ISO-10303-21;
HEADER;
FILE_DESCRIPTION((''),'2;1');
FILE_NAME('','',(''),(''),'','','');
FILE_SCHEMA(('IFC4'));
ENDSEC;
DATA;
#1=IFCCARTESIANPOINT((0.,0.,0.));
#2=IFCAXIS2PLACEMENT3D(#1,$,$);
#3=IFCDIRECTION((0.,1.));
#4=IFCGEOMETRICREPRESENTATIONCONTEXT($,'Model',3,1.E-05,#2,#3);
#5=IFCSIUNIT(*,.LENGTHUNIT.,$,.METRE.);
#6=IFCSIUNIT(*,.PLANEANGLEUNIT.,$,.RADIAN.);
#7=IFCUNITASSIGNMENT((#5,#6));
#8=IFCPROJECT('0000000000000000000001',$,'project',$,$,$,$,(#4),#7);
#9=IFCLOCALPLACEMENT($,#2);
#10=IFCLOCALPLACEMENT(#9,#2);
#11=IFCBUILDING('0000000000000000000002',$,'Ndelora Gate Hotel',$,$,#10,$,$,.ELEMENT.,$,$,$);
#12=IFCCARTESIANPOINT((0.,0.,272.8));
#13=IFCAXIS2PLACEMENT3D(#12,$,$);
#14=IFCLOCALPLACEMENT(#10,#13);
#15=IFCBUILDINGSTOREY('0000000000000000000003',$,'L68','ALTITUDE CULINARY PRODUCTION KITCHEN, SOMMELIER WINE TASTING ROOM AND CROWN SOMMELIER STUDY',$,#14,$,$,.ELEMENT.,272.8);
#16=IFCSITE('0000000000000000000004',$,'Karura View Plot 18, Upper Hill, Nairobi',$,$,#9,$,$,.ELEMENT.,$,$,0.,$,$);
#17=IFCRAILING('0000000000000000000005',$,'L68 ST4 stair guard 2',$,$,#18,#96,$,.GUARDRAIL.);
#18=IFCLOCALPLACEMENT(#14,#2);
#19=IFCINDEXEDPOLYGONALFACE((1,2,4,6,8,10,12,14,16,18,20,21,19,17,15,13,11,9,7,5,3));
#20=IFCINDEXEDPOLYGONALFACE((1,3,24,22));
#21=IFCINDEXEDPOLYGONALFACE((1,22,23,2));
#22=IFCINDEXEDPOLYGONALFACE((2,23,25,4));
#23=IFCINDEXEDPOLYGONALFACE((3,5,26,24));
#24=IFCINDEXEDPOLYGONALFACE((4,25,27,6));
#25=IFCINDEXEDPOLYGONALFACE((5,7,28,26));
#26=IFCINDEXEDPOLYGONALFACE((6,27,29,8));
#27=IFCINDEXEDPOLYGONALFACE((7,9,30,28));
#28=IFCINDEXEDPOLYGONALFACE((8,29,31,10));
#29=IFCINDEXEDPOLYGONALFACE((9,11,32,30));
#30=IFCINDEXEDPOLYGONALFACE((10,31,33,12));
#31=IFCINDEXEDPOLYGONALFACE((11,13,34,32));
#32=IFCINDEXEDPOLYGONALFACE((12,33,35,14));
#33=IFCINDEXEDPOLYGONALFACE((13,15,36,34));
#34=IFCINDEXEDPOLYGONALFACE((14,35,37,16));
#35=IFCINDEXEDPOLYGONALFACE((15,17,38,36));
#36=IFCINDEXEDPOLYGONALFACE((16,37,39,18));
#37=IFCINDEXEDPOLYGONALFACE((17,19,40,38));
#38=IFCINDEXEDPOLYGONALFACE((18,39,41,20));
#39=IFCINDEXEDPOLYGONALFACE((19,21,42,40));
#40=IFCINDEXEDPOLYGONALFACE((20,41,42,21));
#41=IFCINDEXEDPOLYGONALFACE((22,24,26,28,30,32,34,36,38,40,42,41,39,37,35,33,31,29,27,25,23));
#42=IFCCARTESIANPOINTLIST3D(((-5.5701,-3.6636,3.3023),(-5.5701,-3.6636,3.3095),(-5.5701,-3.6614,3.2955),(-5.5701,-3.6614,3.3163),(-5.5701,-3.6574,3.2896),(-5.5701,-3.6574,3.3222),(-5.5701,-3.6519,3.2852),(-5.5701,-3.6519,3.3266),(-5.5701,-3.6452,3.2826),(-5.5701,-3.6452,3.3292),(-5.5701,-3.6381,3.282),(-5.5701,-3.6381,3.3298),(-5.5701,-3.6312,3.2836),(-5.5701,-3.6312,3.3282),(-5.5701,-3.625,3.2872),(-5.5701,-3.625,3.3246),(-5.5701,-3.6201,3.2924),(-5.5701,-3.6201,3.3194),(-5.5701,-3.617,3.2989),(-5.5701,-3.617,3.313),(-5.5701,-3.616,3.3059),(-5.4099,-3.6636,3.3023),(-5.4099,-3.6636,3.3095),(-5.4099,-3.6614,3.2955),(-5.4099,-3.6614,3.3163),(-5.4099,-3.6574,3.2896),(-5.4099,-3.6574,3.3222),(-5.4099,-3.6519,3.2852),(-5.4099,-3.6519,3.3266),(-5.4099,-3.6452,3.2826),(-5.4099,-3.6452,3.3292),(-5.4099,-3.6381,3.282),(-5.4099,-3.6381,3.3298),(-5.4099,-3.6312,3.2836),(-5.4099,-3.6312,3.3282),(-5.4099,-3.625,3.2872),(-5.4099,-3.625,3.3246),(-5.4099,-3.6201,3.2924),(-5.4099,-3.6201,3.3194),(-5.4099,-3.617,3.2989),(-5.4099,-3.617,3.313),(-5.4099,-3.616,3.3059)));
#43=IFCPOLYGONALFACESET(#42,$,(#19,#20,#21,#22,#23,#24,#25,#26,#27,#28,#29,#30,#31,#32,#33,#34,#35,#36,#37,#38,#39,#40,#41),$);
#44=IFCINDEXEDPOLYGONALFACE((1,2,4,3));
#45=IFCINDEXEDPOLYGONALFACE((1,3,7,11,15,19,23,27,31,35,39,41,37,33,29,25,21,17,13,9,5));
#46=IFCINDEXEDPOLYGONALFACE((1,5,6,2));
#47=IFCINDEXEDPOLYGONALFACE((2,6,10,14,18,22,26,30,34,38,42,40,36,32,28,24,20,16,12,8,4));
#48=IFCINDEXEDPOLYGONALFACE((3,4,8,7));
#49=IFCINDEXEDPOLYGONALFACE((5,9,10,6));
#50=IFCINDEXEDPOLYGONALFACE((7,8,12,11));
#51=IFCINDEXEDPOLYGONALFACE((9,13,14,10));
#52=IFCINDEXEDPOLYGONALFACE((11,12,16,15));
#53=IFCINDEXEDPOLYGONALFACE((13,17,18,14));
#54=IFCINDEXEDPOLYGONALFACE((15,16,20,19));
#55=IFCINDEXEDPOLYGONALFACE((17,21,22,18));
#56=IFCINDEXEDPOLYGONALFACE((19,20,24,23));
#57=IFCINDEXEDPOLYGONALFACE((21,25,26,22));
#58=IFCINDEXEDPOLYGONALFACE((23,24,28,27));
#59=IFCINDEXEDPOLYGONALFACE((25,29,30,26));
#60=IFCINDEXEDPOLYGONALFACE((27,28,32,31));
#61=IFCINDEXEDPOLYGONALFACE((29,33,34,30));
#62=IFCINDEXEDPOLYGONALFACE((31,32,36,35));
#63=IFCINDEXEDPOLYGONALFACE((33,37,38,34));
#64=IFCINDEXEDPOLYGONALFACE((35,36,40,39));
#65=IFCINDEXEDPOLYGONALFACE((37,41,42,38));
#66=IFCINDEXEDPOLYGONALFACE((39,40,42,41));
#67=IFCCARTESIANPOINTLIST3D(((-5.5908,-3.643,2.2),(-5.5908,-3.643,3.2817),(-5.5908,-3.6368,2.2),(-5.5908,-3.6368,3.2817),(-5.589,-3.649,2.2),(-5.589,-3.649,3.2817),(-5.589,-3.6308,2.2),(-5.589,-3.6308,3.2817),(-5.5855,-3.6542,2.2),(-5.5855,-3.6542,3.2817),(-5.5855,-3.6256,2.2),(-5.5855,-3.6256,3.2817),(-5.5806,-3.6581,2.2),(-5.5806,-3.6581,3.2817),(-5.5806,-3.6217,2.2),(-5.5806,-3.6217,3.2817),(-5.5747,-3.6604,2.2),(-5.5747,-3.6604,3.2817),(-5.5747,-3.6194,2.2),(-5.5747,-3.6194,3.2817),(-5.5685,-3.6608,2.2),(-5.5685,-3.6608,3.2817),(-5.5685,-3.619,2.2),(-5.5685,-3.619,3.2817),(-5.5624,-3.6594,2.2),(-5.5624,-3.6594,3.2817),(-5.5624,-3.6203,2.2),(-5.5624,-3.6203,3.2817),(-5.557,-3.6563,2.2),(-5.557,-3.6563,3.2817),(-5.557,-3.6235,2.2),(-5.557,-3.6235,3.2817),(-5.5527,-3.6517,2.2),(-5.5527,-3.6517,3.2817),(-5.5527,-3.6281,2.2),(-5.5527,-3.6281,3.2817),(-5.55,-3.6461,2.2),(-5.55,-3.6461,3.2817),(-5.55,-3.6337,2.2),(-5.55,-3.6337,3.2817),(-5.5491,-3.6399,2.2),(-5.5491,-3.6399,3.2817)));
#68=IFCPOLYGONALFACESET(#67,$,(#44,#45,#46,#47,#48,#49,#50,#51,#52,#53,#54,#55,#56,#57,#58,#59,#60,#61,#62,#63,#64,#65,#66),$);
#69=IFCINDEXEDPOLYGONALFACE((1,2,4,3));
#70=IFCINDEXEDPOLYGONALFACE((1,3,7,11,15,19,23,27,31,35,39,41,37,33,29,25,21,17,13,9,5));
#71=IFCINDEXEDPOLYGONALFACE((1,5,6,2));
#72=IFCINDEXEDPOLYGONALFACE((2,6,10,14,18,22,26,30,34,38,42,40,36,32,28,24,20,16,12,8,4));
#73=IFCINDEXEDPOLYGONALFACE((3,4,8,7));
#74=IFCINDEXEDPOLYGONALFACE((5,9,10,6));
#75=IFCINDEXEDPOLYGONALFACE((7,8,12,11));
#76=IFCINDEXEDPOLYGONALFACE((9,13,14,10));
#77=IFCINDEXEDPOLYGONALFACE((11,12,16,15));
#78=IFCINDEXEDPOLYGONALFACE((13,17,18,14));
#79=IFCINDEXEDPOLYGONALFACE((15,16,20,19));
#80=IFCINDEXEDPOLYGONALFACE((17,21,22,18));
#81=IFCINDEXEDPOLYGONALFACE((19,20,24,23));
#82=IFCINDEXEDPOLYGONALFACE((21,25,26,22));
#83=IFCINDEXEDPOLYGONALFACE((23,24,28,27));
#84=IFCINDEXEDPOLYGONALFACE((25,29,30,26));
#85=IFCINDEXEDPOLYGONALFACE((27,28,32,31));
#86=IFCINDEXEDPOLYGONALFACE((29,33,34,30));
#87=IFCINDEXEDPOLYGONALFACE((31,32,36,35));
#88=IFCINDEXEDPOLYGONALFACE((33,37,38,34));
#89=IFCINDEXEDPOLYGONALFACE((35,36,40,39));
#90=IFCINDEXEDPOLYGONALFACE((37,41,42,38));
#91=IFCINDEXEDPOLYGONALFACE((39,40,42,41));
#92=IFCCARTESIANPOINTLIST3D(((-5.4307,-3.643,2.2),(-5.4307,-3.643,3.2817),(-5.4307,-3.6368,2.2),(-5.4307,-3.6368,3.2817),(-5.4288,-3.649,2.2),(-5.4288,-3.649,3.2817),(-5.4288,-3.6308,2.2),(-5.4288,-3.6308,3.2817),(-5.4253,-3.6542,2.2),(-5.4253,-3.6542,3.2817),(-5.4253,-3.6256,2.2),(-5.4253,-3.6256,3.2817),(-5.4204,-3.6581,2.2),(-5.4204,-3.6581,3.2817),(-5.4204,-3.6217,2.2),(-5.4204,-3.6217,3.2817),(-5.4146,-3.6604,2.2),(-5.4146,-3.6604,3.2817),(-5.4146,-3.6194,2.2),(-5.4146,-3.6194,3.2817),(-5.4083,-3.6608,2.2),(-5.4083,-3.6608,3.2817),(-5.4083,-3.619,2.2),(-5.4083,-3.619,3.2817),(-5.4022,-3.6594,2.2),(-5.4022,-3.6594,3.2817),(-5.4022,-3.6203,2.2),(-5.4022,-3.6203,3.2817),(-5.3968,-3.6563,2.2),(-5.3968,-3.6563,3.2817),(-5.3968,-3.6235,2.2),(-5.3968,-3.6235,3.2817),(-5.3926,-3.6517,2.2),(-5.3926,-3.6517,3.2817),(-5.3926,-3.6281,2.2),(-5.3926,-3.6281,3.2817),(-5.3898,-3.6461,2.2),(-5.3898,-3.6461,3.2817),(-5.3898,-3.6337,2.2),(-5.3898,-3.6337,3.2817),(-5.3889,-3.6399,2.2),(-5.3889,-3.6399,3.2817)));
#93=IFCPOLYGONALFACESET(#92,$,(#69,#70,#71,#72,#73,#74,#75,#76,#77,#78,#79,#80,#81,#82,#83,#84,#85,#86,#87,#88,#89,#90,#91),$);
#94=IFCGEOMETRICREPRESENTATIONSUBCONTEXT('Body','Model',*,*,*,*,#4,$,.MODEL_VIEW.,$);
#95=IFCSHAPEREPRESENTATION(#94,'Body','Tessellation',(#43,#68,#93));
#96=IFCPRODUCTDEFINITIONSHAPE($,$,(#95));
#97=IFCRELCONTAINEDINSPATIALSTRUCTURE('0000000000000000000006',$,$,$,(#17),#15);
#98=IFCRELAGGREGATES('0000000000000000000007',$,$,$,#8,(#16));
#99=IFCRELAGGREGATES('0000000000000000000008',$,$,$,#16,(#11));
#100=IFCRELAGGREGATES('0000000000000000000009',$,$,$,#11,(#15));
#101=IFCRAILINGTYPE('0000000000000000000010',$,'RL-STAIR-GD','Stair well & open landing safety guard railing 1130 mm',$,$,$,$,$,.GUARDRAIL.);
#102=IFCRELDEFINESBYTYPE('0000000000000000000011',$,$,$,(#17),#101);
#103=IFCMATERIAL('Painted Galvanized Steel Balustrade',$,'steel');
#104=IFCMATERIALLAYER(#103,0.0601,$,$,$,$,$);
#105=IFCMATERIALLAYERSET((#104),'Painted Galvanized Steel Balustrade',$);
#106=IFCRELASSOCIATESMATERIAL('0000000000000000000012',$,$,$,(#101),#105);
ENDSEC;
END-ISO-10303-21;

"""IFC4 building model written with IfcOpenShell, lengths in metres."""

from ifc_helpers import new_model, si_unit, direction, frame, origin, origin_2d, place, context, subcontext, project, spatial, circle, extrude, material, layer, layer_set, type_object, element, save


model = new_model("IFC4")

# Units and contexts
model_context = context("Model", 3, precision=1e-05, world=origin(), true_north=direction((0.0, 1.0)))
body_context = subcontext(model_context, "Body", "Model", "MODEL_VIEW")
ifc_project = project(units=[si_unit("LENGTHUNIT", "METRE"), si_unit("PLANEANGLEUNIT", "RADIAN")], contexts=[model_context])

# Site, building, storey
site_placement = place(None, origin())
site = spatial("IfcSite", under=ifc_project, at=site_placement, Name="Karura View Plot 18, Upper Hill, Nairobi", CompositionType="ELEMENT", RefElevation=0.0)
building_placement = place(site_placement, origin())
building = spatial("IfcBuilding", under=site, at=building_placement, Name="Ndelora Gate Hotel", CompositionType="ELEMENT")
storey_placement = place(building_placement, frame((0.0, 0.0, 272.8)))
storey = spatial("IfcBuildingStorey", under=building, at=storey_placement, Name="L68", Description="ALTITUDE CULINARY PRODUCTION KITCHEN, SOMMELIER WINE TASTING ROOM AND CROWN SOMMELIER STUDY", CompositionType="ELEMENT", Elevation=272.8)

# Railing
ifc_material_1 = material(Name="Painted Galvanized Steel Balustrade", Category="steel")
ifc_layer_1 = layer(ifc_material_1, 0.0601)
ifc_layer_set_1 = layer_set([ifc_layer_1], Name="Painted Galvanized Steel Balustrade")
railing_type_1 = type_object("IfcRailingType", Name="RL-STAIR-GD", Description="Stair well & open landing safety guard railing 1130 mm", PredefinedType="GUARDRAIL", material=ifc_layer_set_1)
railing_1_placement = place(storey_placement, frame((-5.5701, -3.6399, 2.2)))
element("IfcRailing", 1, at=railing_1_placement, inside=storey, type_object=railing_type_1, Name="L68 ST4 stair guard 2", PredefinedType="GUARDRAIL", context=body_context, shape_type="SweptSolid", body=[
    extrude(circle(Radius=0.0239, at=origin_2d()), frame((0.0, 0.0, 1.106), z_axis=(1.0, 0.0, 0.0), x_axis=(0.0, 1.0, 0.0)), (0.0, 0.0, 1.0), 0.1602),
    extrude(circle(Radius=0.021, at=origin_2d()), origin(), (0.0, 0.0, 1.0), 1.0818),
    extrude(circle(Radius=0.021, at=origin_2d()), frame((0.1602, 0.0, 0.0)), (0.0, 0.0, 1.0), 1.0818),
])

save(model, "model.ifc")
